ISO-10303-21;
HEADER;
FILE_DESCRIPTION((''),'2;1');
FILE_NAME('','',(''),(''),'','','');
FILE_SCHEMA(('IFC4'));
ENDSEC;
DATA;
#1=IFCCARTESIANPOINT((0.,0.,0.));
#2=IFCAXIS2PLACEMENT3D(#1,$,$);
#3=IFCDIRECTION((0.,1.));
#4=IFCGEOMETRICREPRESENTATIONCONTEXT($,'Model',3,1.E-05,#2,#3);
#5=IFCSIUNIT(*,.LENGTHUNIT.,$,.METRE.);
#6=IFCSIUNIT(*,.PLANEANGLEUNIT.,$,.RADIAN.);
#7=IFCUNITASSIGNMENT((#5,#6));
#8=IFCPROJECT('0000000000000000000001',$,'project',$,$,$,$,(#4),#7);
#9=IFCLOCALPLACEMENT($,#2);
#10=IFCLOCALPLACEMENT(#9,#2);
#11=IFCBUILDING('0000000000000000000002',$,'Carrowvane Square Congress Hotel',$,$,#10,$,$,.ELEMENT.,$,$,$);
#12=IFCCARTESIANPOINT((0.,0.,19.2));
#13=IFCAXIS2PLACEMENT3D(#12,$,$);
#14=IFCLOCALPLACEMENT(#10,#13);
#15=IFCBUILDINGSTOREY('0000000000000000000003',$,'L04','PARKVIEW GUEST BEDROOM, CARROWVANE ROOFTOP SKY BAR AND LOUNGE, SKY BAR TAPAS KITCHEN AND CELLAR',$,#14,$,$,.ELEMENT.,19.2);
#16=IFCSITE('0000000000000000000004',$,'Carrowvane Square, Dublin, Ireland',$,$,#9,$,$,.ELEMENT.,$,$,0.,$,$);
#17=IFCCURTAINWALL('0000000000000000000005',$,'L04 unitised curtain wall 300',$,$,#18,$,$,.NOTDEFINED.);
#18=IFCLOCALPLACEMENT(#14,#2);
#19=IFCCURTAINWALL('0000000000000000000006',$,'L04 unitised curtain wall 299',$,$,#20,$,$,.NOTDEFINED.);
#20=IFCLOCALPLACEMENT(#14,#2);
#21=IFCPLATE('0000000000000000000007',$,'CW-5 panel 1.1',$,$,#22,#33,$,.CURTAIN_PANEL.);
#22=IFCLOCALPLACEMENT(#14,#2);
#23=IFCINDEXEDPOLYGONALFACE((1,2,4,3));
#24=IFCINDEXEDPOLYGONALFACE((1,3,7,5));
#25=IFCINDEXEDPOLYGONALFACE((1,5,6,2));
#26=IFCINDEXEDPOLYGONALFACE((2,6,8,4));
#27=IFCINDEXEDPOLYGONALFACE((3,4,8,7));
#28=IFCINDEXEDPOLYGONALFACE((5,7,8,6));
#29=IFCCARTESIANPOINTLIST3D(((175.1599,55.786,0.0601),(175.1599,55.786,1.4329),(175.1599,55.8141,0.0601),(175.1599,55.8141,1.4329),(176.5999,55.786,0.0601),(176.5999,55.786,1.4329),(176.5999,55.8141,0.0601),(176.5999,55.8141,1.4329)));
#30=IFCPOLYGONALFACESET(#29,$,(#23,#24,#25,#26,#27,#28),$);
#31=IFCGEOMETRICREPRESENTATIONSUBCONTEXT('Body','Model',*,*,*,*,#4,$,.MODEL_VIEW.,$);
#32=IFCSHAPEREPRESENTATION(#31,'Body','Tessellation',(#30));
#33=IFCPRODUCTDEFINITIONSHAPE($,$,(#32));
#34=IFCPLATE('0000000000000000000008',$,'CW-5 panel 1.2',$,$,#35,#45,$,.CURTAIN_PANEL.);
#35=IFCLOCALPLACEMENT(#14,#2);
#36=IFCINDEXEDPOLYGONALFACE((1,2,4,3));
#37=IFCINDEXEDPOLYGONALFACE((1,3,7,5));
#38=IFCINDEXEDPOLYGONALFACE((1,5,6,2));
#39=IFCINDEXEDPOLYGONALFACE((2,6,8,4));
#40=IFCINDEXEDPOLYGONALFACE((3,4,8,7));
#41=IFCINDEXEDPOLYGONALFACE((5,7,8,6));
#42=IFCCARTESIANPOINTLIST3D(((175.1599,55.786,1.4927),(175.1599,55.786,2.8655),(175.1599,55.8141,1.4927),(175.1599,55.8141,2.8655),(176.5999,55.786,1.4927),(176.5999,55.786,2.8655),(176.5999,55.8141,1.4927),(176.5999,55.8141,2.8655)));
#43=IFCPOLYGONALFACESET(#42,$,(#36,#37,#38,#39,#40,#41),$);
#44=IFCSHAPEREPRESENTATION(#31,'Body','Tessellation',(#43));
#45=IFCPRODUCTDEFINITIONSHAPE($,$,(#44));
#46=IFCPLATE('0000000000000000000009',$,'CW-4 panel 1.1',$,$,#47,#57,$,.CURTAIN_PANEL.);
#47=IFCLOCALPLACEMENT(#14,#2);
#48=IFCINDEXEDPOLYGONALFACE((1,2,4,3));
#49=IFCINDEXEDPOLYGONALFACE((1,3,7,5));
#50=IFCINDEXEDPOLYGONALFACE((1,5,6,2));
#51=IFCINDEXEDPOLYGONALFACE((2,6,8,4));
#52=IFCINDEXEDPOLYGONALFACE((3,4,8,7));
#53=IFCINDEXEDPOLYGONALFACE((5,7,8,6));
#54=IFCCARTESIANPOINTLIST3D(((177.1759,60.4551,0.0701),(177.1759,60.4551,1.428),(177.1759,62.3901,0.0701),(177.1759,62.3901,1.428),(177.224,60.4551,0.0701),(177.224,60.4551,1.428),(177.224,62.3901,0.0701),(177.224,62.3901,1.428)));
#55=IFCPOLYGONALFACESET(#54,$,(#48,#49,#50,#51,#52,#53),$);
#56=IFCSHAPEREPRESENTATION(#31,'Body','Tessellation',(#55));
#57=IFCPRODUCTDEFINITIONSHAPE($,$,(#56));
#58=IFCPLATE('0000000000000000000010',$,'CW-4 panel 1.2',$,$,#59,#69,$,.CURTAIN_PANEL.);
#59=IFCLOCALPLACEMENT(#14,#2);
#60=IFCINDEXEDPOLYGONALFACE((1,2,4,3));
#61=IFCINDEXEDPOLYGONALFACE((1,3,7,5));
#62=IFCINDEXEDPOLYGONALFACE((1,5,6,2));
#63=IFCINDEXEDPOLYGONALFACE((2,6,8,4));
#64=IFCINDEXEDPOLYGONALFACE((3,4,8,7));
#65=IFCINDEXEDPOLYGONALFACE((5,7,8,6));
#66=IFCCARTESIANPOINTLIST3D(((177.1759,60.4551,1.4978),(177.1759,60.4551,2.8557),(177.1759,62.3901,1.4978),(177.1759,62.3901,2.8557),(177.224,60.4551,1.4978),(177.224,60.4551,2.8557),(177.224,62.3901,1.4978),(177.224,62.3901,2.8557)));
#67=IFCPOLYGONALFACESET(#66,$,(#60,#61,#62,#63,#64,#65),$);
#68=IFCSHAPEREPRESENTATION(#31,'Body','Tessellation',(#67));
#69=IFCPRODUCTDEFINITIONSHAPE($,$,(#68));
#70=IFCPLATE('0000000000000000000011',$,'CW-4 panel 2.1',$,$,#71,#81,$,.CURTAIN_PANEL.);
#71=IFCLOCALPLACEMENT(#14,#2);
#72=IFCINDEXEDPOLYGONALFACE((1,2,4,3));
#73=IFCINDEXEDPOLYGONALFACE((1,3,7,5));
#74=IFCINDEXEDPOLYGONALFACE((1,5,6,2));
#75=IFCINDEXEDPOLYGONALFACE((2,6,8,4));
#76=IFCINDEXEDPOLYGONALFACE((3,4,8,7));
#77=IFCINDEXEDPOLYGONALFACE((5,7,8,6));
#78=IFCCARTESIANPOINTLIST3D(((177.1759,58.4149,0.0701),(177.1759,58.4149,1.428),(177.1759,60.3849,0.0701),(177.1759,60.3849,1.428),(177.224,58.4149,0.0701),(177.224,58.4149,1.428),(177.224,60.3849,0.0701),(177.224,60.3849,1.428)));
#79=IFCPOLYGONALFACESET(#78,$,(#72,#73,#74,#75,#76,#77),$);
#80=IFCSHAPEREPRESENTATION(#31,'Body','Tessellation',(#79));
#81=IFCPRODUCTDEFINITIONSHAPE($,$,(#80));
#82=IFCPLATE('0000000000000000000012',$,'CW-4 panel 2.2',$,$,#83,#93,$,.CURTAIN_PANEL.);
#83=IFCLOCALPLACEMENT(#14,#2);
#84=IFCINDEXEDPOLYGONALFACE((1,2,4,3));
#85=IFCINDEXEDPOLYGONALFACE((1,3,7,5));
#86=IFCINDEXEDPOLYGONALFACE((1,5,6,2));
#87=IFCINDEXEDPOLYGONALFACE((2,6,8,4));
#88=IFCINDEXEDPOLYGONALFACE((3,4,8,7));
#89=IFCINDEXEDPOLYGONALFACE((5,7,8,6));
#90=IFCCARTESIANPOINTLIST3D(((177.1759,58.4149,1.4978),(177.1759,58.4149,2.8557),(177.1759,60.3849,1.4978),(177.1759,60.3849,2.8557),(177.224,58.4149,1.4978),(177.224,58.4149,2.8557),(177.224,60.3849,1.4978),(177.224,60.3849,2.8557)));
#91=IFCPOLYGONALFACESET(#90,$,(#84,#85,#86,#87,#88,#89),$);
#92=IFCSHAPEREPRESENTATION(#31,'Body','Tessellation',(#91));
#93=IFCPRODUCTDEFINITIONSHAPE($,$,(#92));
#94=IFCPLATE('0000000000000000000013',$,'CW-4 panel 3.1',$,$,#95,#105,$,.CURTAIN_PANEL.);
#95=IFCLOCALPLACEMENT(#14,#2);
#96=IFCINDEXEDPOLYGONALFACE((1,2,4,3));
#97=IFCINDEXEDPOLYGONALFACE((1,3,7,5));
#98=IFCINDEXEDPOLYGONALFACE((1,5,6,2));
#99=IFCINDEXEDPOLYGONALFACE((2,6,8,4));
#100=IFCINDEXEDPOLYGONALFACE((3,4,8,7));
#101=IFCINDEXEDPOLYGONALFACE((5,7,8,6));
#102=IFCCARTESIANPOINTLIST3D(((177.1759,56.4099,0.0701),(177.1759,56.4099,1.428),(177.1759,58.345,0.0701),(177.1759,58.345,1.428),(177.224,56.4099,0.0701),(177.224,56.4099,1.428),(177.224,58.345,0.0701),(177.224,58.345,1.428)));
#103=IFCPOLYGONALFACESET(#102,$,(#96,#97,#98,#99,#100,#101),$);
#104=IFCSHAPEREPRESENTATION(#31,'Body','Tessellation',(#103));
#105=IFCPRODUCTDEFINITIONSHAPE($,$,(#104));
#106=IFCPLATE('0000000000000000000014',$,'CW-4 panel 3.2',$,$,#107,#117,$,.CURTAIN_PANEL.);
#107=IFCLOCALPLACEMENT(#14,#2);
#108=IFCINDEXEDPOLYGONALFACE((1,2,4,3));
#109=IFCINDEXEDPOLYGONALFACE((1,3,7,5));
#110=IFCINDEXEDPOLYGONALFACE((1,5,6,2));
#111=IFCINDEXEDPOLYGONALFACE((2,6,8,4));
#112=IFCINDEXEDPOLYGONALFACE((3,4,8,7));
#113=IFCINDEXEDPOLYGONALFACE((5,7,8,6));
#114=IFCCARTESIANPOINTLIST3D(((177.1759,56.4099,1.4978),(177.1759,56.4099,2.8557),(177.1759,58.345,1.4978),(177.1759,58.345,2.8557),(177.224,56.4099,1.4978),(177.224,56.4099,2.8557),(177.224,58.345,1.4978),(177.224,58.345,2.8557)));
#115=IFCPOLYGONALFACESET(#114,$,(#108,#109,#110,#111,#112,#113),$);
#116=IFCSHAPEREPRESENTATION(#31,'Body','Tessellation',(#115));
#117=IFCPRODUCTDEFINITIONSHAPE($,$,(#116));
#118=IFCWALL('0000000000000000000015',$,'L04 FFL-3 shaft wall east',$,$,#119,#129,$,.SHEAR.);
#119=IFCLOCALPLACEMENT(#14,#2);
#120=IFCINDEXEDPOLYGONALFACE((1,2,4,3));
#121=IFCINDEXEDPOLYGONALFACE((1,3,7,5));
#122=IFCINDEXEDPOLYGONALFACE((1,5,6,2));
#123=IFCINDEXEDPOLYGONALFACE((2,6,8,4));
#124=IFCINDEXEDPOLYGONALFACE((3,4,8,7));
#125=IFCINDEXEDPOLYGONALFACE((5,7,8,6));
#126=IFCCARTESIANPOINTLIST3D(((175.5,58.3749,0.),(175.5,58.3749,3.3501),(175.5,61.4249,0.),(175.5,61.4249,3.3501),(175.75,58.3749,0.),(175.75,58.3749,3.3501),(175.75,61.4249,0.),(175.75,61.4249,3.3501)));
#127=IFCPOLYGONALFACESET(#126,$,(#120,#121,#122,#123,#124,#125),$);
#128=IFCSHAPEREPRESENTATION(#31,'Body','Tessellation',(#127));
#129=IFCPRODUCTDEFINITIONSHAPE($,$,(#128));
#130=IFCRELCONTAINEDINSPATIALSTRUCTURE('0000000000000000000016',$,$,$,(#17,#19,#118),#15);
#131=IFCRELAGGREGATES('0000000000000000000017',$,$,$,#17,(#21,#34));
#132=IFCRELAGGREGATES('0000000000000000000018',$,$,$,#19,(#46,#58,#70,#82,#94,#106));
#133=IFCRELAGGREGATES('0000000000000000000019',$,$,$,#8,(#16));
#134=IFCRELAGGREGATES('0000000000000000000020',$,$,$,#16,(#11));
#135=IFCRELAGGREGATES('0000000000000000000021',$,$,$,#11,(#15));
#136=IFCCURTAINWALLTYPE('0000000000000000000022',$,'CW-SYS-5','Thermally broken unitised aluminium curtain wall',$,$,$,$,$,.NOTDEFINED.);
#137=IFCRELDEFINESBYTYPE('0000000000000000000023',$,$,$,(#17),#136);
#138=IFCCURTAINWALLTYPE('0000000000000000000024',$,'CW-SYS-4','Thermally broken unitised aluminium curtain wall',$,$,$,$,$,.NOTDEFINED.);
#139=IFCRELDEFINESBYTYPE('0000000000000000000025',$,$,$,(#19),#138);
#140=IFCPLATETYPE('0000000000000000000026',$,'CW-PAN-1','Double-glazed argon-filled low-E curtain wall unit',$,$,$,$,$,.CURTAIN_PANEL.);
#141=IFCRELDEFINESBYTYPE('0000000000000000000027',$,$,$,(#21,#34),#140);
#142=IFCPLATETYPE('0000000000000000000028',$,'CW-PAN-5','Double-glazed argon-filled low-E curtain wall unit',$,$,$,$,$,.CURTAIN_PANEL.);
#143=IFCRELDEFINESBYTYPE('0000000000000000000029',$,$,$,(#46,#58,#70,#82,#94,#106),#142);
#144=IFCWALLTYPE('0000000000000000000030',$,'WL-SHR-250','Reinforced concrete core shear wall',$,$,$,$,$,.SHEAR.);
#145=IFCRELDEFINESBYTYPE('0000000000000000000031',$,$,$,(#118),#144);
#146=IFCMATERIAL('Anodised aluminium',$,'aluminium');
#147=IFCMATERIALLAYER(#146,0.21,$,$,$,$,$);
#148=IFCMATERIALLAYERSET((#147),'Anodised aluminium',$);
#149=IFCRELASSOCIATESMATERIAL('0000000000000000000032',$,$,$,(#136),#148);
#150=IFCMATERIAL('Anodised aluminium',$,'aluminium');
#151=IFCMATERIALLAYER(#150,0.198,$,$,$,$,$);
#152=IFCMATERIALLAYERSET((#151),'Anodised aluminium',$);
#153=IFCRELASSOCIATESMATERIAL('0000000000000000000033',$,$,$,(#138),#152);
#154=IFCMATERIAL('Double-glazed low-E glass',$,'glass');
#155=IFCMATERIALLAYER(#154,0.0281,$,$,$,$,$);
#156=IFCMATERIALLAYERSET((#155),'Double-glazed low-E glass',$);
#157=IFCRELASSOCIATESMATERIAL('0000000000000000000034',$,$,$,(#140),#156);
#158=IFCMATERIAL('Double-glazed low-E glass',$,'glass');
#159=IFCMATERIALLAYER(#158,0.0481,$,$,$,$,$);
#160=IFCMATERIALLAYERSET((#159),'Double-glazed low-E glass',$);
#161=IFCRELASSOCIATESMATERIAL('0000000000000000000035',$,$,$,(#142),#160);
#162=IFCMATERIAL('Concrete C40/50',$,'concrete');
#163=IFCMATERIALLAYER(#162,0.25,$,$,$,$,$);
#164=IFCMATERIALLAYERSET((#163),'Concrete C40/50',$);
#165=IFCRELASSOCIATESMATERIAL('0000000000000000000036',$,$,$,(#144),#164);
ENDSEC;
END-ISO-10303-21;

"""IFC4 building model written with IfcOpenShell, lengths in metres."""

from ifc_helpers import new_model, si_unit, direction, frame, frame_2d, origin, origin_2d, place, context, subcontext, project, spatial, rectangle, extrude, material, layer, layer_set, type_object, element, aggregate, save


model = new_model("IFC4")

# Units and contexts
model_context = context("Model", 3, precision=1e-05, world=origin(), true_north=direction((0.0, 1.0)))
body_context = subcontext(model_context, "Body", "Model", "MODEL_VIEW")
ifc_project = project(units=[si_unit("LENGTHUNIT", "METRE"), si_unit("PLANEANGLEUNIT", "RADIAN")], contexts=[model_context])

# Site, building, storey
site_placement = place(None, origin())
site = spatial("IfcSite", under=ifc_project, at=site_placement, Name="Carrowvane Square, Dublin, Ireland", CompositionType="ELEMENT", RefElevation=0.0)
building_placement = place(site_placement, origin())
building = spatial("IfcBuilding", under=site, at=building_placement, Name="Carrowvane Square Congress Hotel", CompositionType="ELEMENT")
storey_placement = place(building_placement, frame((0.0, 0.0, 19.2)))
storey = spatial("IfcBuildingStorey", under=building, at=storey_placement, Name="L04", Description="PARKVIEW GUEST BEDROOM, CARROWVANE ROOFTOP SKY BAR AND LOUNGE, SKY BAR TAPAS KITCHEN AND CELLAR", CompositionType="ELEMENT", Elevation=19.2)

# Curtain walls
ifc_material_1 = material(Name="Anodised aluminium", Category="aluminium")
ifc_layer_1 = layer(ifc_material_1, 0.21)
ifc_layer_set_1 = layer_set([ifc_layer_1], Name="Anodised aluminium")
curtain_wall_type_1 = type_object("IfcCurtainWallType", Name="CW-SYS-5", Description="Thermally broken unitised aluminium curtain wall", PredefinedType="NOTDEFINED", material=ifc_layer_set_1)
curtain_wall_1_placement = place(storey_placement, origin())
curtain_wall_1 = element("IfcCurtainWall", 1, at=curtain_wall_1_placement, inside=storey, type_object=curtain_wall_type_1, Name="L04 unitised curtain wall 300", PredefinedType="NOTDEFINED")
ifc_material_2 = material(Name="Anodised aluminium", Category="aluminium")
ifc_layer_2 = layer(ifc_material_2, 0.198)
ifc_layer_set_2 = layer_set([ifc_layer_2], Name="Anodised aluminium")
curtain_wall_type_2 = type_object("IfcCurtainWallType", Name="CW-SYS-4", Description="Thermally broken unitised aluminium curtain wall", PredefinedType="NOTDEFINED", material=ifc_layer_set_2)
curtain_wall_2_placement = place(storey_placement, origin())
curtain_wall_2 = element("IfcCurtainWall", 2, at=curtain_wall_2_placement, inside=storey, type_object=curtain_wall_type_2, Name="L04 unitised curtain wall 299", PredefinedType="NOTDEFINED")

# Plates
ifc_material_3 = material(Name="Double-glazed low-E glass", Category="glass")
ifc_layer_3 = layer(ifc_material_3, 0.0281)
ifc_layer_set_3 = layer_set([ifc_layer_3], Name="Double-glazed low-E glass")
plate_type_1 = type_object("IfcPlateType", Name="CW-PAN-1", Description="Double-glazed argon-filled low-E curtain wall unit", PredefinedType="CURTAIN_PANEL", material=ifc_layer_set_3)
plate_1_placement = place(storey_placement, frame((175.8799, 55.8, 0.0601), z_axis=(0.0, 0.0, 1.0), x_axis=(-1.0, 0.0, 0.0)))
plate_1 = element("IfcPlate", 3, at=plate_1_placement, type_object=plate_type_1, Name="CW-5 panel 1.1", PredefinedType="CURTAIN_PANEL", context=body_context, shape_type="SweptSolid", body=[
    extrude(rectangle(XDim=1.4399, YDim=0.0281, at=origin_2d()), origin(), (0.0, 0.0, 1.0), 1.3728),
])
plate_2_placement = place(storey_placement, frame((175.8799, 55.8, 1.4927), z_axis=(0.0, 0.0, 1.0), x_axis=(-1.0, 0.0, 0.0)))
plate_2 = element("IfcPlate", 4, at=plate_2_placement, type_object=plate_type_1, Name="CW-5 panel 1.2", PredefinedType="CURTAIN_PANEL", context=body_context, shape_type="SweptSolid", body=[
    extrude(rectangle(XDim=1.4399, YDim=0.0281, at=origin_2d()), origin(), (0.0, 0.0, 1.0), 1.3728),
])
aggregate(curtain_wall_1, [plate_1, plate_2])
ifc_material_4 = material(Name="Double-glazed low-E glass", Category="glass")
ifc_layer_4 = layer(ifc_material_4, 0.0481)
ifc_layer_set_4 = layer_set([ifc_layer_4], Name="Double-glazed low-E glass")
plate_type_2 = type_object("IfcPlateType", Name="CW-PAN-5", Description="Double-glazed argon-filled low-E curtain wall unit", PredefinedType="CURTAIN_PANEL", material=ifc_layer_set_4)
plate_3_placement = place(storey_placement, frame((177.2, 61.4226, 0.0701), z_axis=(0.0, 0.0, 1.0), x_axis=(0.0, -1.0, 0.0)))
plate_3 = element("IfcPlate", 5, at=plate_3_placement, type_object=plate_type_2, Name="CW-4 panel 1.1", PredefinedType="CURTAIN_PANEL", context=body_context, shape_type="SweptSolid", body=[
    extrude(rectangle(XDim=1.9351, YDim=0.0481, at=origin_2d()), origin(), (0.0, 0.0, 1.0), 1.3579),
])
plate_4_placement = place(storey_placement, frame((177.2, 61.4226, 1.4978), z_axis=(0.0, 0.0, 1.0), x_axis=(0.0, -1.0, 0.0)))
plate_4 = element("IfcPlate", 6, at=plate_4_placement, type_object=plate_type_2, Name="CW-4 panel 1.2", PredefinedType="CURTAIN_PANEL", context=body_context, shape_type="SweptSolid", body=[
    extrude(rectangle(XDim=1.9351, YDim=0.0481, at=origin_2d()), origin(), (0.0, 0.0, 1.0), 1.3579),
])
plate_5_placement = place(storey_placement, frame((177.2, 59.3999, 0.0701), z_axis=(0.0, 0.0, 1.0), x_axis=(0.0, -1.0, 0.0)))
plate_5 = element("IfcPlate", 7, at=plate_5_placement, type_object=plate_type_2, Name="CW-4 panel 2.1", PredefinedType="CURTAIN_PANEL", context=body_context, shape_type="SweptSolid", body=[
    extrude(rectangle(XDim=1.97, YDim=0.0481, at=origin_2d()), origin(), (0.0, 0.0, 1.0), 1.3579),
])
plate_6_placement = place(storey_placement, frame((177.2, 59.3999, 1.4978), z_axis=(0.0, 0.0, 1.0), x_axis=(0.0, -1.0, 0.0)))
plate_6 = element("IfcPlate", 8, at=plate_6_placement, type_object=plate_type_2, Name="CW-4 panel 2.2", PredefinedType="CURTAIN_PANEL", context=body_context, shape_type="SweptSolid", body=[
    extrude(rectangle(XDim=1.97, YDim=0.0481, at=origin_2d()), origin(), (0.0, 0.0, 1.0), 1.3579),
])
plate_7_placement = place(storey_placement, frame((177.2, 57.3774, 0.0701), z_axis=(0.0, 0.0, 1.0), x_axis=(0.0, -1.0, 0.0)))
plate_7 = element("IfcPlate", 9, at=plate_7_placement, type_object=plate_type_2, Name="CW-4 panel 3.1", PredefinedType="CURTAIN_PANEL", context=body_context, shape_type="SweptSolid", body=[
    extrude(rectangle(XDim=1.9351, YDim=0.0481, at=origin_2d()), origin(), (0.0, 0.0, 1.0), 1.3579),
])
plate_8_placement = place(storey_placement, frame((177.2, 57.3774, 1.4978), z_axis=(0.0, 0.0, 1.0), x_axis=(0.0, -1.0, 0.0)))
plate_8 = element("IfcPlate", 10, at=plate_8_placement, type_object=plate_type_2, Name="CW-4 panel 3.2", PredefinedType="CURTAIN_PANEL", context=body_context, shape_type="SweptSolid", body=[
    extrude(rectangle(XDim=1.9351, YDim=0.0481, at=origin_2d()), origin(), (0.0, 0.0, 1.0), 1.3579),
])
aggregate(curtain_wall_2, [plate_3, plate_4, plate_5, plate_6, plate_7, plate_8])

# Wall
ifc_material_5 = material(Name="Concrete C40/50", Category="concrete")
ifc_layer_5 = layer(ifc_material_5, 0.25)
ifc_layer_set_5 = layer_set([ifc_layer_5], Name="Concrete C40/50")
wall_type = type_object("IfcWallType", Name="WL-SHR-250", Description="Reinforced concrete core shear wall", PredefinedType="SHEAR", material=ifc_layer_set_5)
wall_placement = place(storey_placement, frame((175.625, 58.375, 0.0), z_axis=(0.0, 0.0, 1.0), x_axis=(0.0, 1.0, 0.0)))
element("IfcWall", 11, at=wall_placement, inside=storey, type_object=wall_type, Name="L04 FFL-3 shaft wall east", PredefinedType="SHEAR", context=body_context, shape_type="SweptSolid", body=[
    extrude(rectangle(XDim=3.05, YDim=0.25, at=frame_2d((1.5249, 0.0))), origin(), (0.0, 0.0, 1.0), 3.3501),
])

save(model, "model.ifc")
